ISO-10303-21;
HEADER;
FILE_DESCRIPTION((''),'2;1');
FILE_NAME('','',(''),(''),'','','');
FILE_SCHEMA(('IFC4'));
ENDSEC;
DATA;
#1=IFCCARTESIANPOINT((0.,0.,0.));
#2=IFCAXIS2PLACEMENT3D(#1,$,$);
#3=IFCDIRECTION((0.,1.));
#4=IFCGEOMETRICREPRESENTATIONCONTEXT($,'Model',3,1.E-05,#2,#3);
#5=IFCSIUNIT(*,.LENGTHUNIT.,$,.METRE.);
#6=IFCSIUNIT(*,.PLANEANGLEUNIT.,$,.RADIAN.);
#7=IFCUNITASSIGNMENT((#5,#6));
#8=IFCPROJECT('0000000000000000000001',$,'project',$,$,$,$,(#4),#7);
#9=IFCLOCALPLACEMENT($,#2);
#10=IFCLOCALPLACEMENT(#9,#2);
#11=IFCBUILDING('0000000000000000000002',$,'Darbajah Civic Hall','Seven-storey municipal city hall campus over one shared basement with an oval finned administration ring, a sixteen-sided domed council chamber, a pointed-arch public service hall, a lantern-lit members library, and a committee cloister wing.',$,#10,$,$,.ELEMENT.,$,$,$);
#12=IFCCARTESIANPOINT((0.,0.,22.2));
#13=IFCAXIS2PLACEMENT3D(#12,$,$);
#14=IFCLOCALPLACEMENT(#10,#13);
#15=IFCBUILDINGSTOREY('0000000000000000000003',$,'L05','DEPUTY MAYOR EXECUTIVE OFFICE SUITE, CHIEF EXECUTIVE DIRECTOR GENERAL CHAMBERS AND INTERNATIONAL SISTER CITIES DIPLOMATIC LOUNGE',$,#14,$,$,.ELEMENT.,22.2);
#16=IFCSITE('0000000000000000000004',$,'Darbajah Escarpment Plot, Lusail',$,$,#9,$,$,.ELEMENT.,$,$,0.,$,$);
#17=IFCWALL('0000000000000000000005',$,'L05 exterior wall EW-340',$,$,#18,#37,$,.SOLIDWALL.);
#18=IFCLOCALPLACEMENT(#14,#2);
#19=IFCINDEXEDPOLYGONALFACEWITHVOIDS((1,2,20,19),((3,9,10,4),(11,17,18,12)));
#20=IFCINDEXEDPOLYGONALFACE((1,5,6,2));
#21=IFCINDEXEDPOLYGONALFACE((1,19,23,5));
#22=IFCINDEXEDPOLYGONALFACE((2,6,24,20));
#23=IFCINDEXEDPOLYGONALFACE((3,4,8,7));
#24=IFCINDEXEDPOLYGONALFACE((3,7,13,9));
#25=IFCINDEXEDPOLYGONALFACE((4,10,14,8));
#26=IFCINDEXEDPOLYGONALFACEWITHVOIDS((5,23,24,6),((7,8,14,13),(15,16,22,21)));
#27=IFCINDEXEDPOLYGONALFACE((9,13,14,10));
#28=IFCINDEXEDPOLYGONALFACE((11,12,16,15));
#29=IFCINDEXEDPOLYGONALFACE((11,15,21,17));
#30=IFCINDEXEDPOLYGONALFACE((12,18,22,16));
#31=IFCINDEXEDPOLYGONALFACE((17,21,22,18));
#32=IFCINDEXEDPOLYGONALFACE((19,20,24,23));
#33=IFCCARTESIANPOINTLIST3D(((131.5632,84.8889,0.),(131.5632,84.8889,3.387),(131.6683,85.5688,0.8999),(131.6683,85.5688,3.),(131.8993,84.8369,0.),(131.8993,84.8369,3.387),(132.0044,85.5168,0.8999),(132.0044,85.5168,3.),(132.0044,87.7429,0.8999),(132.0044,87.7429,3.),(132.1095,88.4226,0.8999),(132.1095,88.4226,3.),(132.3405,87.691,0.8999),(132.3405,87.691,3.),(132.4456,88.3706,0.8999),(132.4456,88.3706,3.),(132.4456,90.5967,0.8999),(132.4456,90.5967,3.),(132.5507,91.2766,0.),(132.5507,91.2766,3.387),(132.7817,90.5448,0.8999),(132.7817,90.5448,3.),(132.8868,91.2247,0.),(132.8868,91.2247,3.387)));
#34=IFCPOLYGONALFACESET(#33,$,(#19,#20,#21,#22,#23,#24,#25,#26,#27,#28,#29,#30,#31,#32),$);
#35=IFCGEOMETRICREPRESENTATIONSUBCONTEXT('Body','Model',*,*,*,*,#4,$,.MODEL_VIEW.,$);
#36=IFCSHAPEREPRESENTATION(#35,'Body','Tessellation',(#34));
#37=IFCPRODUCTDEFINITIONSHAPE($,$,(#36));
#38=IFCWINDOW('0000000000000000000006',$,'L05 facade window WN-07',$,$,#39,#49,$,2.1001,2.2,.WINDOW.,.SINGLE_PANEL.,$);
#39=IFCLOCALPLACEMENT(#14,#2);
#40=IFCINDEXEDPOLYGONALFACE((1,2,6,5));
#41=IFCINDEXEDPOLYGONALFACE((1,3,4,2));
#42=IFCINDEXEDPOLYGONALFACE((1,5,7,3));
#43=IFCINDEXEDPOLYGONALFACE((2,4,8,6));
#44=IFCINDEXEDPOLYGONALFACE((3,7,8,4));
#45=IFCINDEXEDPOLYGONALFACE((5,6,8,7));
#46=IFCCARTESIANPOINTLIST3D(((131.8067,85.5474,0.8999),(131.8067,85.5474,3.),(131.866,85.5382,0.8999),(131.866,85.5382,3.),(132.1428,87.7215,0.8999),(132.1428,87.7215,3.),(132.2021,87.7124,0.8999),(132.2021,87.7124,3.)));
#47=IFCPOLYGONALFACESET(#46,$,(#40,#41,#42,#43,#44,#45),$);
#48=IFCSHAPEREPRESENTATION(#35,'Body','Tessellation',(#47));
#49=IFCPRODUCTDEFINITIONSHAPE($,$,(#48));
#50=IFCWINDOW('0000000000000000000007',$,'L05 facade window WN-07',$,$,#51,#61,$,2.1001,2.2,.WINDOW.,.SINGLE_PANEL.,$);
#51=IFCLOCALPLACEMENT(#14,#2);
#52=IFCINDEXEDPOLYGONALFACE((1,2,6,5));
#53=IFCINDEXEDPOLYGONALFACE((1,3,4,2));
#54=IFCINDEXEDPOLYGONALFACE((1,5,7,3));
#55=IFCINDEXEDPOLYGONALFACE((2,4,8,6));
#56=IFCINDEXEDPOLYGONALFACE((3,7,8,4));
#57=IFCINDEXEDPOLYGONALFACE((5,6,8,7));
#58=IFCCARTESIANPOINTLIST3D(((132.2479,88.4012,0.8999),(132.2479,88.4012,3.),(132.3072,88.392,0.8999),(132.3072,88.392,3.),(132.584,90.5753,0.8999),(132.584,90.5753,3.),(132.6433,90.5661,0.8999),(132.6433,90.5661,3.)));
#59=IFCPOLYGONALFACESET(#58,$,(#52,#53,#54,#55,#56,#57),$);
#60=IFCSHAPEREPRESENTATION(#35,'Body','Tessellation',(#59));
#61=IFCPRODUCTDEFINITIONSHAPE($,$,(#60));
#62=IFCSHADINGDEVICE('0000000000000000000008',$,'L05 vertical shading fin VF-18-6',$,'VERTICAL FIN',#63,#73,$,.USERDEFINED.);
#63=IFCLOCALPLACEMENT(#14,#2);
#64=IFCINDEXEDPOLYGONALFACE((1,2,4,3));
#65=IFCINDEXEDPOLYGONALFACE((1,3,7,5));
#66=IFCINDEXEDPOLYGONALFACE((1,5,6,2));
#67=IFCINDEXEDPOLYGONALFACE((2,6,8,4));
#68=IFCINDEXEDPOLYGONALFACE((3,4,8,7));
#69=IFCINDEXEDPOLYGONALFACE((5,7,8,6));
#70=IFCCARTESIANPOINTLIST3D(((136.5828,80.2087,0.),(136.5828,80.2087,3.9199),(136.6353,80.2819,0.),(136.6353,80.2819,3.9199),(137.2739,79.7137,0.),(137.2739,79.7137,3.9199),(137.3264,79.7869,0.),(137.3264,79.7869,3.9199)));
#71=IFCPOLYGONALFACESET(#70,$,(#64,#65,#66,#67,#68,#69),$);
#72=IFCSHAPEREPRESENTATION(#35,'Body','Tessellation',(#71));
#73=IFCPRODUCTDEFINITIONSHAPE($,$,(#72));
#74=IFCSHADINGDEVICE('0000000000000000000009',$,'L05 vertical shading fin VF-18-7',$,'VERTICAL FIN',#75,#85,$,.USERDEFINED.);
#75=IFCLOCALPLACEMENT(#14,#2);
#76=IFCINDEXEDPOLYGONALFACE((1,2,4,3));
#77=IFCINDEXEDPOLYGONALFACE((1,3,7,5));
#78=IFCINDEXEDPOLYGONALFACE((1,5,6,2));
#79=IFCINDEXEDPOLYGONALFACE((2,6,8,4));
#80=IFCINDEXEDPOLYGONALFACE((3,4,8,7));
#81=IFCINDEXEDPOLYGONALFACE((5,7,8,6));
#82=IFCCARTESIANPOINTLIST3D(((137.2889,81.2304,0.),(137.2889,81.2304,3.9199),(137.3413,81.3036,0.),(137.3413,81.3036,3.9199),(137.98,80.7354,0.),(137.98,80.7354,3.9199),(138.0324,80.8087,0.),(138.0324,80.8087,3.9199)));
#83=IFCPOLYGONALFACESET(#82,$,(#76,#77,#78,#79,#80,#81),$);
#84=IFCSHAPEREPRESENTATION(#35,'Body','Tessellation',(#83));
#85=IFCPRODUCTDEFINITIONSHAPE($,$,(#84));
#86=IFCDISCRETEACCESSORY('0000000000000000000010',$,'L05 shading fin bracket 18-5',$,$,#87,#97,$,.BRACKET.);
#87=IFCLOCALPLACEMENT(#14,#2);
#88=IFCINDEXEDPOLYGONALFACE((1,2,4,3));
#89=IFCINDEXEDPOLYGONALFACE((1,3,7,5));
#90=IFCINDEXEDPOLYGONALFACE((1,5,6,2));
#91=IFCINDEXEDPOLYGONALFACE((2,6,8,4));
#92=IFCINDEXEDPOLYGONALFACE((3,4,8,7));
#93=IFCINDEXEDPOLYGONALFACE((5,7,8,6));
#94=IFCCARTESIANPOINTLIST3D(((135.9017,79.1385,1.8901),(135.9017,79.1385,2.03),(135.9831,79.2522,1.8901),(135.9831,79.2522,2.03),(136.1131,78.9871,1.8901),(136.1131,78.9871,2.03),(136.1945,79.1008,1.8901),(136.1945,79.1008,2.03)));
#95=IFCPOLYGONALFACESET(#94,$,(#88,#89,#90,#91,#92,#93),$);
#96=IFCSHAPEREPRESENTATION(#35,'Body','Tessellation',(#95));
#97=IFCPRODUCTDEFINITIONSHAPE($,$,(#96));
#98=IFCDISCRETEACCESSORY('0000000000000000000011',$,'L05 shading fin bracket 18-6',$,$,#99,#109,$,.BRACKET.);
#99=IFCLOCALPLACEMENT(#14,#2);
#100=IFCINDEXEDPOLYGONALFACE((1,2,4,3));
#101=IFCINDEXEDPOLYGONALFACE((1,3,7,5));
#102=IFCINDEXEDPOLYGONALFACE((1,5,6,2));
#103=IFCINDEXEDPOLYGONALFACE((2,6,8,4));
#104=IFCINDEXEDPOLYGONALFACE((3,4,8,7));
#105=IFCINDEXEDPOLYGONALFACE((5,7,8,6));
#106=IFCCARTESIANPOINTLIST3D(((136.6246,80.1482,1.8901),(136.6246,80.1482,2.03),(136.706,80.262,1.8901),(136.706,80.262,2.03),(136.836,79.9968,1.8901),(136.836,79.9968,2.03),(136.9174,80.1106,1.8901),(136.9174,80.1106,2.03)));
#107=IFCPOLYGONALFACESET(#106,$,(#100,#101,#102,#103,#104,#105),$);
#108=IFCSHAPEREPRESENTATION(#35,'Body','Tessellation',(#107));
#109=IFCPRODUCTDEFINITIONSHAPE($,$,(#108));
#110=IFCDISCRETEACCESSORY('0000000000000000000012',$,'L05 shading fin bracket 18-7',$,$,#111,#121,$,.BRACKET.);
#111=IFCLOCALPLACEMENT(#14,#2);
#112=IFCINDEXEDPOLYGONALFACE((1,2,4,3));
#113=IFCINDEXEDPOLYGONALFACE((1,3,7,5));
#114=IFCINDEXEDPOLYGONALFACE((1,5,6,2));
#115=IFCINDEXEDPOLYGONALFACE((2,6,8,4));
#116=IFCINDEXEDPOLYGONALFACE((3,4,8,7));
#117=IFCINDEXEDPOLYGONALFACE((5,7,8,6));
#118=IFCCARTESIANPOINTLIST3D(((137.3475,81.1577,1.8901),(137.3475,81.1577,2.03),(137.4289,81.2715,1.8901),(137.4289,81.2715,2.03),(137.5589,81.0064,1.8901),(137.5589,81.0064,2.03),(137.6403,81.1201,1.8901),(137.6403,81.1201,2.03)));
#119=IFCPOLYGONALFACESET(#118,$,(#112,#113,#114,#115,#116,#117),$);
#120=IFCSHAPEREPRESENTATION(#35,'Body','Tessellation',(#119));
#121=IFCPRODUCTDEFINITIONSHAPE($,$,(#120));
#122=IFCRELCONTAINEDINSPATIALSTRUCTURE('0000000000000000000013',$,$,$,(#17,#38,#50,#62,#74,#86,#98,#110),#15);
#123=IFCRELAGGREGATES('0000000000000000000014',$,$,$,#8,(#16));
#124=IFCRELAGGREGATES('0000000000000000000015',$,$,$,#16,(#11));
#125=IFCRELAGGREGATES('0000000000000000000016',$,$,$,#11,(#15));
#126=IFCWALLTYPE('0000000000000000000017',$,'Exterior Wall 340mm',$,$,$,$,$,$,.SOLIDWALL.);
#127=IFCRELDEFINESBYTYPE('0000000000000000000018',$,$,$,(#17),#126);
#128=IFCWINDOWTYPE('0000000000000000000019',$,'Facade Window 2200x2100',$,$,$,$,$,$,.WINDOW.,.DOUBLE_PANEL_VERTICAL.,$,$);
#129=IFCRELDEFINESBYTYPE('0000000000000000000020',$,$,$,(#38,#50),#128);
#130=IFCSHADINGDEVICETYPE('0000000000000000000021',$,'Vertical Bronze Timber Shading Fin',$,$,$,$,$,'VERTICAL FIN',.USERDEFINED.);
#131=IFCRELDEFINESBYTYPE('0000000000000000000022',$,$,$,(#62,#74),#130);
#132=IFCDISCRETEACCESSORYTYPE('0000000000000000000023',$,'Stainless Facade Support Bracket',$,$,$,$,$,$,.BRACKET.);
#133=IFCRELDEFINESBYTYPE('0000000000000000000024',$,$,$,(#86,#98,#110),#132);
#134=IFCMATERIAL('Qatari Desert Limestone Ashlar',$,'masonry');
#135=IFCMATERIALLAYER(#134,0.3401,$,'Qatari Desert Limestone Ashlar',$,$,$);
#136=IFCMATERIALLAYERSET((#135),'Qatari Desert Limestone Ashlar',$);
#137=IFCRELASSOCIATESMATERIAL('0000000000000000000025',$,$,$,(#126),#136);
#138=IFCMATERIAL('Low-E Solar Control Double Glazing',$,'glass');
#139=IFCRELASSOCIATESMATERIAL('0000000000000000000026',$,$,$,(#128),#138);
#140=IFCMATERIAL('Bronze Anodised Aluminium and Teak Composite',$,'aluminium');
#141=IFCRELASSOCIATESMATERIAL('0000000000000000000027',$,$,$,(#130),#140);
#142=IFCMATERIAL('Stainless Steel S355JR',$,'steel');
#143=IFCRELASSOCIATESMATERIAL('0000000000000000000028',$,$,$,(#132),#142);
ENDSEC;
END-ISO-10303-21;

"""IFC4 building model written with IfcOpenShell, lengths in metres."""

from ifc_helpers import new_model, si_unit, direction, frame, frame_2d, origin, origin_2d, place, context, subcontext, project, spatial, rectangle, extrude, material, layer, layer_set, type_object, element, fill, save


model = new_model("IFC4")

# Units and contexts
model_context = context("Model", 3, precision=1e-05, world=origin(), true_north=direction((0.0, 1.0)))
body_context = subcontext(model_context, "Body", "Model", "MODEL_VIEW")
ifc_project = project(units=[si_unit("LENGTHUNIT", "METRE"), si_unit("PLANEANGLEUNIT", "RADIAN")], contexts=[model_context])

# Site, building, storey
site_placement = place(None, origin())
site = spatial("IfcSite", under=ifc_project, at=site_placement, Name="Darbajah Escarpment Plot, Lusail", CompositionType="ELEMENT", RefElevation=0.0)
building_placement = place(site_placement, origin())
building = spatial("IfcBuilding", under=site, at=building_placement, Name="Darbajah Civic Hall", Description="Seven-storey municipal city hall campus over one shared basement with an oval finned administration ring, a sixteen-sided domed council chamber, a pointed-arch public service hall, a lantern-lit members library, and a committee cloister wing.", CompositionType="ELEMENT")
storey_placement = place(building_placement, frame((0.0, 0.0, 22.2)))
storey = spatial("IfcBuildingStorey", under=building, at=storey_placement, Name="L05", Description="DEPUTY MAYOR EXECUTIVE OFFICE SUITE, CHIEF EXECUTIVE DIRECTOR GENERAL CHAMBERS AND INTERNATIONAL SISTER CITIES DIPLOMATIC LOUNGE", CompositionType="ELEMENT", Elevation=22.2)

# Shared definitions
ifc_material_1 = material(Name="Low-E Solar Control Double Glazing", Category="glass")

# Wall, openings, windows
ifc_material_2 = material(Name="Qatari Desert Limestone Ashlar", Category="masonry")
ifc_layer_1 = layer(ifc_material_2, 0.3401, Name="Qatari Desert Limestone Ashlar")
ifc_layer_set_1 = layer_set([ifc_layer_1], Name="Qatari Desert Limestone Ashlar")
wall_type = type_object("IfcWallType", Name="Exterior Wall 340mm", PredefinedType="SOLIDWALL", material=ifc_layer_set_1)
wall_placement = place(storey_placement, frame((131.7312, 84.8628, 0.0), z_axis=(0.0, 0.0, 1.0), x_axis=(0.152787, 0.988259, 0.0)))
wall = element("IfcWall", 1, at=wall_placement, inside=storey, type_object=wall_type, Name="L05 exterior wall EW-340", PredefinedType="SOLIDWALL", context=body_context, shape_type="SweptSolid", body=[
    extrude(rectangle(XDim=6.4636, YDim=0.3401, at=frame_2d((3.2319, 0.0))), origin(), (0.0, 0.0, 1.0), 3.387),
])
opening_1_placement = place(wall_placement, frame((0.688, 0.0, 0.8999)))
opening_1 = element("IfcOpeningElement", 2, at=opening_1_placement, cuts=wall, PredefinedType="OPENING", context=body_context, shape_type="SweptSolid", body=[
    extrude(rectangle(XDim=2.2, YDim=2.1001, at=frame_2d((1.1001, 1.05))), frame((0.0, 0.1799, 0.0), z_axis=(0.0, -1.0, 0.0), x_axis=(1.0, 0.0, 0.0)), (0.0, 0.0, 1.0), 0.3601),
])
opening_2_placement = place(wall_placement, frame((3.5757, 0.0, 0.8999)))
opening_2 = element("IfcOpeningElement", 3, at=opening_2_placement, cuts=wall, PredefinedType="OPENING", context=body_context, shape_type="SweptSolid", body=[
    extrude(rectangle(XDim=2.2, YDim=2.1001, at=frame_2d((1.1001, 1.05))), frame((0.0, 0.1799, 0.0), z_axis=(0.0, -1.0, 0.0), x_axis=(1.0, 0.0, 0.0)), (0.0, 0.0, 1.0), 0.3601),
])
window_type = type_object("IfcWindowType", Name="Facade Window 2200x2100", PartitioningType="DOUBLE_PANEL_VERTICAL", PredefinedType="WINDOW", material=ifc_material_1)
window_1_placement = place(opening_1_placement, origin())
window_1 = element("IfcWindow", 4, at=window_1_placement, inside=storey, type_object=window_type, Name="L05 facade window WN-07", OverallHeight=2.1001, OverallWidth=2.2, PartitioningType="SINGLE_PANEL", PredefinedType="WINDOW", context=body_context, shape_type="SweptSolid", body=[
    extrude(rectangle(XDim=2.2, YDim=2.1001, at=frame_2d((1.1001, 1.05))), frame((0.0, 0.03, 0.0), z_axis=(0.0, -1.0, 0.0), x_axis=(1.0, 0.0, 0.0)), (0.0, 0.0, 1.0), 0.0601),
])
fill(opening_1, window_1)
window_2_placement = place(opening_2_placement, origin())
window_2 = element("IfcWindow", 5, at=window_2_placement, inside=storey, type_object=window_type, Name="L05 facade window WN-07", OverallHeight=2.1001, OverallWidth=2.2, PartitioningType="SINGLE_PANEL", PredefinedType="WINDOW", context=body_context, shape_type="SweptSolid", body=[
    extrude(rectangle(XDim=2.2, YDim=2.1001, at=frame_2d((1.1001, 1.05))), frame((0.0, 0.03, 0.0), z_axis=(0.0, -1.0, 0.0), x_axis=(1.0, 0.0, 0.0)), (0.0, 0.0, 1.0), 0.0601),
])
fill(opening_2, window_2)

# Shading devices
ifc_material_3 = material(Name="Bronze Anodised Aluminium and Teak Composite", Category="aluminium")
shading_device_type = type_object("IfcShadingDeviceType", Name="Vertical Bronze Timber Shading Fin", ElementType="VERTICAL FIN", PredefinedType="USERDEFINED", material=ifc_material_3)
for number, where, z_axis, x_axis, name in (
    (6, (136.9546, 79.9978, 0.0), (0.0, 0.0, 1.0), (0.812999, -0.582265, 0.0), "L05 vertical shading fin VF-18-6"),
    (7, (137.6606, 81.0195, 0.0), (0.0, 0.0, 1.0), (0.812999, -0.582265, 0.0), "L05 vertical shading fin VF-18-7"),
):
    element("IfcShadingDevice", number, at=place(storey_placement, frame(where, z_axis=z_axis, x_axis=x_axis)), inside=storey, type_object=shading_device_type, Name=name, ObjectType="VERTICAL FIN", PredefinedType="USERDEFINED", context=body_context, shape_type="SweptSolid", body=[
        extrude(rectangle(XDim=0.8501, YDim=0.0901, at=origin_2d()), origin(), (0.0, 0.0, 1.0), 3.9199),
    ])

# Discrete accessories
ifc_material_4 = material(Name="Stainless Steel S355JR", Category="steel")
discrete_accessory_type = type_object("IfcDiscreteAccessoryType", Name="Stainless Facade Support Bracket", PredefinedType="BRACKET", material=ifc_material_4)
for number, where, z_axis, x_axis, name in (
    (8, (136.0481, 79.1196, 1.8901), (0.0, 0.0, 1.0), (0.812999, -0.582265, 0.0), "L05 shading fin bracket 18-5"),
    (9, (136.771, 80.1294, 1.8901), (0.0, 0.0, 1.0), (0.812999, -0.582265, 0.0), "L05 shading fin bracket 18-6"),
    (10, (137.4939, 81.1389, 1.8901), (0.0, 0.0, 1.0), (0.812999, -0.582265, 0.0), "L05 shading fin bracket 18-7"),
):
    element("IfcDiscreteAccessory", number, at=place(storey_placement, frame(where, z_axis=z_axis, x_axis=x_axis)), inside=storey, type_object=discrete_accessory_type, Name=name, PredefinedType="BRACKET", context=body_context, shape_type="SweptSolid", body=[
        extrude(rectangle(XDim=0.26, YDim=0.1399, at=origin_2d()), origin(), (0.0, 0.0, 1.0), 0.1399),
    ])

save(model, "model.ifc")
